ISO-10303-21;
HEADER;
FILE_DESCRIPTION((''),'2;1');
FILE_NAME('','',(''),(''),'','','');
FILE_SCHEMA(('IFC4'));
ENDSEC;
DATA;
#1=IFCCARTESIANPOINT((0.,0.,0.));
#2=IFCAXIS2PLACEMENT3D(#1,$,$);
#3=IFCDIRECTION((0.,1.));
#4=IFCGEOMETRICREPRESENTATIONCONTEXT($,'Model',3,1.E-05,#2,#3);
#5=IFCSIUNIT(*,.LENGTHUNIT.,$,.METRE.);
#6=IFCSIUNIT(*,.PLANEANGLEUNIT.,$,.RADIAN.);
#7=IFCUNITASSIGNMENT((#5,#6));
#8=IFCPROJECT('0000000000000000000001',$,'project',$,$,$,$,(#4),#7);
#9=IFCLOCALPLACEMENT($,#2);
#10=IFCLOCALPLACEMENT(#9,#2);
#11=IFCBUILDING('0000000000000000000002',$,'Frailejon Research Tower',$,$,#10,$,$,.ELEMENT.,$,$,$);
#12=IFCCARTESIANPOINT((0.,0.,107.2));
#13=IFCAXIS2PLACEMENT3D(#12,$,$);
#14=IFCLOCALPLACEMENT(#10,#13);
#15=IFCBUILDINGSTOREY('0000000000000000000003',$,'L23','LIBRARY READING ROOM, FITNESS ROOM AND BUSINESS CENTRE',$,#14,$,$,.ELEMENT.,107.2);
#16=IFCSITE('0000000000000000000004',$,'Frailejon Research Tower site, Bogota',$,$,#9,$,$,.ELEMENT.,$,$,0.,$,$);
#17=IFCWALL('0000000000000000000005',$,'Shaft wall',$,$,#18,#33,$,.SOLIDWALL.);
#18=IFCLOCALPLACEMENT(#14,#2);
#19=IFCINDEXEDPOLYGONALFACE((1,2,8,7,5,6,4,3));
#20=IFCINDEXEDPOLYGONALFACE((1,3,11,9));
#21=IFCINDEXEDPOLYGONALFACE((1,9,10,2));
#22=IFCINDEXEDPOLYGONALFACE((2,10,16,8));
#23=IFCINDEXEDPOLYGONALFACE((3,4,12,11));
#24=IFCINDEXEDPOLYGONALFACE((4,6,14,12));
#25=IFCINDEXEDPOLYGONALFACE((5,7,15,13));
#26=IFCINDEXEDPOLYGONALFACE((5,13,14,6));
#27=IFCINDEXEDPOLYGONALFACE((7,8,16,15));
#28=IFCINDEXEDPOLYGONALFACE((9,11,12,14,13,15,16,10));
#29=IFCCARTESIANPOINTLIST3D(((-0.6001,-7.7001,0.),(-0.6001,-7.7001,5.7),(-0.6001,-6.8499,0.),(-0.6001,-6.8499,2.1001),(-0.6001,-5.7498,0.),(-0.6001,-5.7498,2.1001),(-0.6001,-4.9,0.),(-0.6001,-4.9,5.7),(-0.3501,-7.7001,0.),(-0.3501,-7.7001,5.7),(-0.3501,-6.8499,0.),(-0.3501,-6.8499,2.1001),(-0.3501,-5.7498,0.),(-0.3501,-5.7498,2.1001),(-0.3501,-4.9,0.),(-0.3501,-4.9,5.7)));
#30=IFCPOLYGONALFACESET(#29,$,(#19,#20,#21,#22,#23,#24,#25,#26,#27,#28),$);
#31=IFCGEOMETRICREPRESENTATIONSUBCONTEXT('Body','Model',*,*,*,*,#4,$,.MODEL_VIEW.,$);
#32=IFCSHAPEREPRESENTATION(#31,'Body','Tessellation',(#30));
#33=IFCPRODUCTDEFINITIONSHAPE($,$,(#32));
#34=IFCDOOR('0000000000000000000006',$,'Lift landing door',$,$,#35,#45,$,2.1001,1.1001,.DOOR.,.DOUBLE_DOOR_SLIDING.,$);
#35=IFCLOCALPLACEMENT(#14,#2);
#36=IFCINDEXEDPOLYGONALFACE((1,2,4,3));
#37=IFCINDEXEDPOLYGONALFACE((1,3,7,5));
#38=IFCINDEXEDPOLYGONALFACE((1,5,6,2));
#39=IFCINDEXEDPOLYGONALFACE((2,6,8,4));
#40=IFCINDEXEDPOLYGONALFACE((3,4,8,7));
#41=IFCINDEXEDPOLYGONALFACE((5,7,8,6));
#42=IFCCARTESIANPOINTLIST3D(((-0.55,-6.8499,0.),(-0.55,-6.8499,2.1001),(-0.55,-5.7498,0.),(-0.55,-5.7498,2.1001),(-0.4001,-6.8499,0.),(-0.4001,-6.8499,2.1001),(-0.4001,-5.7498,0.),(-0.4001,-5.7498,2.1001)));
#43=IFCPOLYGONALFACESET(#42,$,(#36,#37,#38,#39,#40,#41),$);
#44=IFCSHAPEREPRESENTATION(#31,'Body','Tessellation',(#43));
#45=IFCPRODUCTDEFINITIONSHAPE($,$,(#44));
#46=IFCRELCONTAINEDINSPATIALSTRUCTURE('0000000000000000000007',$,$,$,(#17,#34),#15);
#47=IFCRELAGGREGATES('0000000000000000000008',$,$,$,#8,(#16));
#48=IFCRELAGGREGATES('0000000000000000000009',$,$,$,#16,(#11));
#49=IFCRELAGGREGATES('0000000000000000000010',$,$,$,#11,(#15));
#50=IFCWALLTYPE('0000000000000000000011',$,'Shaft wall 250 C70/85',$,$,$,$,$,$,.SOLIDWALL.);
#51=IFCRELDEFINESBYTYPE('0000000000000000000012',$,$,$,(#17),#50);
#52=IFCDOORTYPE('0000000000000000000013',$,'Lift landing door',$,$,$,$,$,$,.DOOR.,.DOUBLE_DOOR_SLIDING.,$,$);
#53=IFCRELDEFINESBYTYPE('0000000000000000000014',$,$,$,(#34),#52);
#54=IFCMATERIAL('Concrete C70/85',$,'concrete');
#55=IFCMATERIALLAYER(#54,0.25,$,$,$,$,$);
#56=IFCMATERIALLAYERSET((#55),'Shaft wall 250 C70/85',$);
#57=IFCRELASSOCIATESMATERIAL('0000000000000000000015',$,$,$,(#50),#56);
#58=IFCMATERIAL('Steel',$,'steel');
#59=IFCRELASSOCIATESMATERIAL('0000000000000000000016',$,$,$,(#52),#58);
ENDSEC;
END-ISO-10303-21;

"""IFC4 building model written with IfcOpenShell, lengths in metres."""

from ifc_helpers import new_model, si_unit, direction, frame, frame_2d, origin, place, context, subcontext, project, spatial, rectangle, extrude, material, layer, layer_set, type_object, element, fill, save


model = new_model("IFC4")

# Units and contexts
model_context = context("Model", 3, precision=1e-05, world=origin(), true_north=direction((0.0, 1.0)))
body_context = subcontext(model_context, "Body", "Model", "MODEL_VIEW")
ifc_project = project(units=[si_unit("LENGTHUNIT", "METRE"), si_unit("PLANEANGLEUNIT", "RADIAN")], contexts=[model_context])

# Site, building, storey
site_placement = place(None, origin())
site = spatial("IfcSite", under=ifc_project, at=site_placement, Name="Frailejon Research Tower site, Bogota", CompositionType="ELEMENT", RefElevation=0.0)
building_placement = place(site_placement, origin())
building = spatial("IfcBuilding", under=site, at=building_placement, Name="Frailejon Research Tower", CompositionType="ELEMENT")
storey_placement = place(building_placement, frame((0.0, 0.0, 107.2)))
storey = spatial("IfcBuildingStorey", under=building, at=storey_placement, Name="L23", Description="LIBRARY READING ROOM, FITNESS ROOM AND BUSINESS CENTRE", CompositionType="ELEMENT", Elevation=107.2)

# Shared definitions
ifc_material_1 = material(Name="Concrete C70/85", Category="concrete")
ifc_layer_1 = layer(ifc_material_1, 0.25)
ifc_layer_set_1 = layer_set([ifc_layer_1], Name="Shaft wall 250 C70/85")
wall_type_1 = type_object("IfcWallType", Name="Shaft wall 250 C70/85", PredefinedType="SOLIDWALL", material=ifc_layer_set_1)

# Wall, opening, door
wall_1_placement = place(storey_placement, frame((-0.4751, -7.7, 0.0), z_axis=(0.0, 0.0, 1.0), x_axis=(0.0, 1.0, 0.0)))
wall_1 = element("IfcWall", 1, at=wall_1_placement, inside=storey, type_object=wall_type_1, Name="Shaft wall", PredefinedType="SOLIDWALL", context=body_context, shape_type="SweptSolid", body=[
    extrude(rectangle(XDim=2.8, YDim=0.25, at=frame_2d((1.3999, 0.0))), origin(), (0.0, 0.0, 1.0), 5.7),
])
opening_1_placement = place(wall_1_placement, frame((0.8501, 0.0, 0.0)))
opening_1 = element("IfcOpeningElement", 2, at=opening_1_placement, cuts=wall_1, PredefinedType="OPENING", context=body_context, shape_type="SweptSolid", body=[
    extrude(rectangle(XDim=1.1001, YDim=2.1001, at=frame_2d((0.55, 1.05))), frame((0.0, 0.135, 0.0), z_axis=(0.0, -1.0, 0.0), x_axis=(1.0, 0.0, 0.0)), (0.0, 0.0, 1.0), 0.27),
])
ifc_material_2 = material(Name="Steel", Category="steel")
door_type_1 = type_object("IfcDoorType", Name="Lift landing door", OperationType="DOUBLE_DOOR_SLIDING", PredefinedType="DOOR", material=ifc_material_2)
door_1_placement = place(opening_1_placement, origin())
door_1 = element("IfcDoor", 3, at=door_1_placement, inside=storey, type_object=door_type_1, Name="Lift landing door", OperationType="DOUBLE_DOOR_SLIDING", OverallHeight=2.1001, OverallWidth=1.1001, PredefinedType="DOOR", context=body_context, shape_type="SweptSolid", body=[
    extrude(rectangle(XDim=1.1001, YDim=2.1001, at=frame_2d((0.55, 1.05))), frame((0.0, 0.075, 0.0), z_axis=(0.0, -1.0, 0.0), x_axis=(1.0, 0.0, 0.0)), (0.0, 0.0, 1.0), 0.1499),
])
fill(opening_1, door_1)

save(model, "model.ifc")
